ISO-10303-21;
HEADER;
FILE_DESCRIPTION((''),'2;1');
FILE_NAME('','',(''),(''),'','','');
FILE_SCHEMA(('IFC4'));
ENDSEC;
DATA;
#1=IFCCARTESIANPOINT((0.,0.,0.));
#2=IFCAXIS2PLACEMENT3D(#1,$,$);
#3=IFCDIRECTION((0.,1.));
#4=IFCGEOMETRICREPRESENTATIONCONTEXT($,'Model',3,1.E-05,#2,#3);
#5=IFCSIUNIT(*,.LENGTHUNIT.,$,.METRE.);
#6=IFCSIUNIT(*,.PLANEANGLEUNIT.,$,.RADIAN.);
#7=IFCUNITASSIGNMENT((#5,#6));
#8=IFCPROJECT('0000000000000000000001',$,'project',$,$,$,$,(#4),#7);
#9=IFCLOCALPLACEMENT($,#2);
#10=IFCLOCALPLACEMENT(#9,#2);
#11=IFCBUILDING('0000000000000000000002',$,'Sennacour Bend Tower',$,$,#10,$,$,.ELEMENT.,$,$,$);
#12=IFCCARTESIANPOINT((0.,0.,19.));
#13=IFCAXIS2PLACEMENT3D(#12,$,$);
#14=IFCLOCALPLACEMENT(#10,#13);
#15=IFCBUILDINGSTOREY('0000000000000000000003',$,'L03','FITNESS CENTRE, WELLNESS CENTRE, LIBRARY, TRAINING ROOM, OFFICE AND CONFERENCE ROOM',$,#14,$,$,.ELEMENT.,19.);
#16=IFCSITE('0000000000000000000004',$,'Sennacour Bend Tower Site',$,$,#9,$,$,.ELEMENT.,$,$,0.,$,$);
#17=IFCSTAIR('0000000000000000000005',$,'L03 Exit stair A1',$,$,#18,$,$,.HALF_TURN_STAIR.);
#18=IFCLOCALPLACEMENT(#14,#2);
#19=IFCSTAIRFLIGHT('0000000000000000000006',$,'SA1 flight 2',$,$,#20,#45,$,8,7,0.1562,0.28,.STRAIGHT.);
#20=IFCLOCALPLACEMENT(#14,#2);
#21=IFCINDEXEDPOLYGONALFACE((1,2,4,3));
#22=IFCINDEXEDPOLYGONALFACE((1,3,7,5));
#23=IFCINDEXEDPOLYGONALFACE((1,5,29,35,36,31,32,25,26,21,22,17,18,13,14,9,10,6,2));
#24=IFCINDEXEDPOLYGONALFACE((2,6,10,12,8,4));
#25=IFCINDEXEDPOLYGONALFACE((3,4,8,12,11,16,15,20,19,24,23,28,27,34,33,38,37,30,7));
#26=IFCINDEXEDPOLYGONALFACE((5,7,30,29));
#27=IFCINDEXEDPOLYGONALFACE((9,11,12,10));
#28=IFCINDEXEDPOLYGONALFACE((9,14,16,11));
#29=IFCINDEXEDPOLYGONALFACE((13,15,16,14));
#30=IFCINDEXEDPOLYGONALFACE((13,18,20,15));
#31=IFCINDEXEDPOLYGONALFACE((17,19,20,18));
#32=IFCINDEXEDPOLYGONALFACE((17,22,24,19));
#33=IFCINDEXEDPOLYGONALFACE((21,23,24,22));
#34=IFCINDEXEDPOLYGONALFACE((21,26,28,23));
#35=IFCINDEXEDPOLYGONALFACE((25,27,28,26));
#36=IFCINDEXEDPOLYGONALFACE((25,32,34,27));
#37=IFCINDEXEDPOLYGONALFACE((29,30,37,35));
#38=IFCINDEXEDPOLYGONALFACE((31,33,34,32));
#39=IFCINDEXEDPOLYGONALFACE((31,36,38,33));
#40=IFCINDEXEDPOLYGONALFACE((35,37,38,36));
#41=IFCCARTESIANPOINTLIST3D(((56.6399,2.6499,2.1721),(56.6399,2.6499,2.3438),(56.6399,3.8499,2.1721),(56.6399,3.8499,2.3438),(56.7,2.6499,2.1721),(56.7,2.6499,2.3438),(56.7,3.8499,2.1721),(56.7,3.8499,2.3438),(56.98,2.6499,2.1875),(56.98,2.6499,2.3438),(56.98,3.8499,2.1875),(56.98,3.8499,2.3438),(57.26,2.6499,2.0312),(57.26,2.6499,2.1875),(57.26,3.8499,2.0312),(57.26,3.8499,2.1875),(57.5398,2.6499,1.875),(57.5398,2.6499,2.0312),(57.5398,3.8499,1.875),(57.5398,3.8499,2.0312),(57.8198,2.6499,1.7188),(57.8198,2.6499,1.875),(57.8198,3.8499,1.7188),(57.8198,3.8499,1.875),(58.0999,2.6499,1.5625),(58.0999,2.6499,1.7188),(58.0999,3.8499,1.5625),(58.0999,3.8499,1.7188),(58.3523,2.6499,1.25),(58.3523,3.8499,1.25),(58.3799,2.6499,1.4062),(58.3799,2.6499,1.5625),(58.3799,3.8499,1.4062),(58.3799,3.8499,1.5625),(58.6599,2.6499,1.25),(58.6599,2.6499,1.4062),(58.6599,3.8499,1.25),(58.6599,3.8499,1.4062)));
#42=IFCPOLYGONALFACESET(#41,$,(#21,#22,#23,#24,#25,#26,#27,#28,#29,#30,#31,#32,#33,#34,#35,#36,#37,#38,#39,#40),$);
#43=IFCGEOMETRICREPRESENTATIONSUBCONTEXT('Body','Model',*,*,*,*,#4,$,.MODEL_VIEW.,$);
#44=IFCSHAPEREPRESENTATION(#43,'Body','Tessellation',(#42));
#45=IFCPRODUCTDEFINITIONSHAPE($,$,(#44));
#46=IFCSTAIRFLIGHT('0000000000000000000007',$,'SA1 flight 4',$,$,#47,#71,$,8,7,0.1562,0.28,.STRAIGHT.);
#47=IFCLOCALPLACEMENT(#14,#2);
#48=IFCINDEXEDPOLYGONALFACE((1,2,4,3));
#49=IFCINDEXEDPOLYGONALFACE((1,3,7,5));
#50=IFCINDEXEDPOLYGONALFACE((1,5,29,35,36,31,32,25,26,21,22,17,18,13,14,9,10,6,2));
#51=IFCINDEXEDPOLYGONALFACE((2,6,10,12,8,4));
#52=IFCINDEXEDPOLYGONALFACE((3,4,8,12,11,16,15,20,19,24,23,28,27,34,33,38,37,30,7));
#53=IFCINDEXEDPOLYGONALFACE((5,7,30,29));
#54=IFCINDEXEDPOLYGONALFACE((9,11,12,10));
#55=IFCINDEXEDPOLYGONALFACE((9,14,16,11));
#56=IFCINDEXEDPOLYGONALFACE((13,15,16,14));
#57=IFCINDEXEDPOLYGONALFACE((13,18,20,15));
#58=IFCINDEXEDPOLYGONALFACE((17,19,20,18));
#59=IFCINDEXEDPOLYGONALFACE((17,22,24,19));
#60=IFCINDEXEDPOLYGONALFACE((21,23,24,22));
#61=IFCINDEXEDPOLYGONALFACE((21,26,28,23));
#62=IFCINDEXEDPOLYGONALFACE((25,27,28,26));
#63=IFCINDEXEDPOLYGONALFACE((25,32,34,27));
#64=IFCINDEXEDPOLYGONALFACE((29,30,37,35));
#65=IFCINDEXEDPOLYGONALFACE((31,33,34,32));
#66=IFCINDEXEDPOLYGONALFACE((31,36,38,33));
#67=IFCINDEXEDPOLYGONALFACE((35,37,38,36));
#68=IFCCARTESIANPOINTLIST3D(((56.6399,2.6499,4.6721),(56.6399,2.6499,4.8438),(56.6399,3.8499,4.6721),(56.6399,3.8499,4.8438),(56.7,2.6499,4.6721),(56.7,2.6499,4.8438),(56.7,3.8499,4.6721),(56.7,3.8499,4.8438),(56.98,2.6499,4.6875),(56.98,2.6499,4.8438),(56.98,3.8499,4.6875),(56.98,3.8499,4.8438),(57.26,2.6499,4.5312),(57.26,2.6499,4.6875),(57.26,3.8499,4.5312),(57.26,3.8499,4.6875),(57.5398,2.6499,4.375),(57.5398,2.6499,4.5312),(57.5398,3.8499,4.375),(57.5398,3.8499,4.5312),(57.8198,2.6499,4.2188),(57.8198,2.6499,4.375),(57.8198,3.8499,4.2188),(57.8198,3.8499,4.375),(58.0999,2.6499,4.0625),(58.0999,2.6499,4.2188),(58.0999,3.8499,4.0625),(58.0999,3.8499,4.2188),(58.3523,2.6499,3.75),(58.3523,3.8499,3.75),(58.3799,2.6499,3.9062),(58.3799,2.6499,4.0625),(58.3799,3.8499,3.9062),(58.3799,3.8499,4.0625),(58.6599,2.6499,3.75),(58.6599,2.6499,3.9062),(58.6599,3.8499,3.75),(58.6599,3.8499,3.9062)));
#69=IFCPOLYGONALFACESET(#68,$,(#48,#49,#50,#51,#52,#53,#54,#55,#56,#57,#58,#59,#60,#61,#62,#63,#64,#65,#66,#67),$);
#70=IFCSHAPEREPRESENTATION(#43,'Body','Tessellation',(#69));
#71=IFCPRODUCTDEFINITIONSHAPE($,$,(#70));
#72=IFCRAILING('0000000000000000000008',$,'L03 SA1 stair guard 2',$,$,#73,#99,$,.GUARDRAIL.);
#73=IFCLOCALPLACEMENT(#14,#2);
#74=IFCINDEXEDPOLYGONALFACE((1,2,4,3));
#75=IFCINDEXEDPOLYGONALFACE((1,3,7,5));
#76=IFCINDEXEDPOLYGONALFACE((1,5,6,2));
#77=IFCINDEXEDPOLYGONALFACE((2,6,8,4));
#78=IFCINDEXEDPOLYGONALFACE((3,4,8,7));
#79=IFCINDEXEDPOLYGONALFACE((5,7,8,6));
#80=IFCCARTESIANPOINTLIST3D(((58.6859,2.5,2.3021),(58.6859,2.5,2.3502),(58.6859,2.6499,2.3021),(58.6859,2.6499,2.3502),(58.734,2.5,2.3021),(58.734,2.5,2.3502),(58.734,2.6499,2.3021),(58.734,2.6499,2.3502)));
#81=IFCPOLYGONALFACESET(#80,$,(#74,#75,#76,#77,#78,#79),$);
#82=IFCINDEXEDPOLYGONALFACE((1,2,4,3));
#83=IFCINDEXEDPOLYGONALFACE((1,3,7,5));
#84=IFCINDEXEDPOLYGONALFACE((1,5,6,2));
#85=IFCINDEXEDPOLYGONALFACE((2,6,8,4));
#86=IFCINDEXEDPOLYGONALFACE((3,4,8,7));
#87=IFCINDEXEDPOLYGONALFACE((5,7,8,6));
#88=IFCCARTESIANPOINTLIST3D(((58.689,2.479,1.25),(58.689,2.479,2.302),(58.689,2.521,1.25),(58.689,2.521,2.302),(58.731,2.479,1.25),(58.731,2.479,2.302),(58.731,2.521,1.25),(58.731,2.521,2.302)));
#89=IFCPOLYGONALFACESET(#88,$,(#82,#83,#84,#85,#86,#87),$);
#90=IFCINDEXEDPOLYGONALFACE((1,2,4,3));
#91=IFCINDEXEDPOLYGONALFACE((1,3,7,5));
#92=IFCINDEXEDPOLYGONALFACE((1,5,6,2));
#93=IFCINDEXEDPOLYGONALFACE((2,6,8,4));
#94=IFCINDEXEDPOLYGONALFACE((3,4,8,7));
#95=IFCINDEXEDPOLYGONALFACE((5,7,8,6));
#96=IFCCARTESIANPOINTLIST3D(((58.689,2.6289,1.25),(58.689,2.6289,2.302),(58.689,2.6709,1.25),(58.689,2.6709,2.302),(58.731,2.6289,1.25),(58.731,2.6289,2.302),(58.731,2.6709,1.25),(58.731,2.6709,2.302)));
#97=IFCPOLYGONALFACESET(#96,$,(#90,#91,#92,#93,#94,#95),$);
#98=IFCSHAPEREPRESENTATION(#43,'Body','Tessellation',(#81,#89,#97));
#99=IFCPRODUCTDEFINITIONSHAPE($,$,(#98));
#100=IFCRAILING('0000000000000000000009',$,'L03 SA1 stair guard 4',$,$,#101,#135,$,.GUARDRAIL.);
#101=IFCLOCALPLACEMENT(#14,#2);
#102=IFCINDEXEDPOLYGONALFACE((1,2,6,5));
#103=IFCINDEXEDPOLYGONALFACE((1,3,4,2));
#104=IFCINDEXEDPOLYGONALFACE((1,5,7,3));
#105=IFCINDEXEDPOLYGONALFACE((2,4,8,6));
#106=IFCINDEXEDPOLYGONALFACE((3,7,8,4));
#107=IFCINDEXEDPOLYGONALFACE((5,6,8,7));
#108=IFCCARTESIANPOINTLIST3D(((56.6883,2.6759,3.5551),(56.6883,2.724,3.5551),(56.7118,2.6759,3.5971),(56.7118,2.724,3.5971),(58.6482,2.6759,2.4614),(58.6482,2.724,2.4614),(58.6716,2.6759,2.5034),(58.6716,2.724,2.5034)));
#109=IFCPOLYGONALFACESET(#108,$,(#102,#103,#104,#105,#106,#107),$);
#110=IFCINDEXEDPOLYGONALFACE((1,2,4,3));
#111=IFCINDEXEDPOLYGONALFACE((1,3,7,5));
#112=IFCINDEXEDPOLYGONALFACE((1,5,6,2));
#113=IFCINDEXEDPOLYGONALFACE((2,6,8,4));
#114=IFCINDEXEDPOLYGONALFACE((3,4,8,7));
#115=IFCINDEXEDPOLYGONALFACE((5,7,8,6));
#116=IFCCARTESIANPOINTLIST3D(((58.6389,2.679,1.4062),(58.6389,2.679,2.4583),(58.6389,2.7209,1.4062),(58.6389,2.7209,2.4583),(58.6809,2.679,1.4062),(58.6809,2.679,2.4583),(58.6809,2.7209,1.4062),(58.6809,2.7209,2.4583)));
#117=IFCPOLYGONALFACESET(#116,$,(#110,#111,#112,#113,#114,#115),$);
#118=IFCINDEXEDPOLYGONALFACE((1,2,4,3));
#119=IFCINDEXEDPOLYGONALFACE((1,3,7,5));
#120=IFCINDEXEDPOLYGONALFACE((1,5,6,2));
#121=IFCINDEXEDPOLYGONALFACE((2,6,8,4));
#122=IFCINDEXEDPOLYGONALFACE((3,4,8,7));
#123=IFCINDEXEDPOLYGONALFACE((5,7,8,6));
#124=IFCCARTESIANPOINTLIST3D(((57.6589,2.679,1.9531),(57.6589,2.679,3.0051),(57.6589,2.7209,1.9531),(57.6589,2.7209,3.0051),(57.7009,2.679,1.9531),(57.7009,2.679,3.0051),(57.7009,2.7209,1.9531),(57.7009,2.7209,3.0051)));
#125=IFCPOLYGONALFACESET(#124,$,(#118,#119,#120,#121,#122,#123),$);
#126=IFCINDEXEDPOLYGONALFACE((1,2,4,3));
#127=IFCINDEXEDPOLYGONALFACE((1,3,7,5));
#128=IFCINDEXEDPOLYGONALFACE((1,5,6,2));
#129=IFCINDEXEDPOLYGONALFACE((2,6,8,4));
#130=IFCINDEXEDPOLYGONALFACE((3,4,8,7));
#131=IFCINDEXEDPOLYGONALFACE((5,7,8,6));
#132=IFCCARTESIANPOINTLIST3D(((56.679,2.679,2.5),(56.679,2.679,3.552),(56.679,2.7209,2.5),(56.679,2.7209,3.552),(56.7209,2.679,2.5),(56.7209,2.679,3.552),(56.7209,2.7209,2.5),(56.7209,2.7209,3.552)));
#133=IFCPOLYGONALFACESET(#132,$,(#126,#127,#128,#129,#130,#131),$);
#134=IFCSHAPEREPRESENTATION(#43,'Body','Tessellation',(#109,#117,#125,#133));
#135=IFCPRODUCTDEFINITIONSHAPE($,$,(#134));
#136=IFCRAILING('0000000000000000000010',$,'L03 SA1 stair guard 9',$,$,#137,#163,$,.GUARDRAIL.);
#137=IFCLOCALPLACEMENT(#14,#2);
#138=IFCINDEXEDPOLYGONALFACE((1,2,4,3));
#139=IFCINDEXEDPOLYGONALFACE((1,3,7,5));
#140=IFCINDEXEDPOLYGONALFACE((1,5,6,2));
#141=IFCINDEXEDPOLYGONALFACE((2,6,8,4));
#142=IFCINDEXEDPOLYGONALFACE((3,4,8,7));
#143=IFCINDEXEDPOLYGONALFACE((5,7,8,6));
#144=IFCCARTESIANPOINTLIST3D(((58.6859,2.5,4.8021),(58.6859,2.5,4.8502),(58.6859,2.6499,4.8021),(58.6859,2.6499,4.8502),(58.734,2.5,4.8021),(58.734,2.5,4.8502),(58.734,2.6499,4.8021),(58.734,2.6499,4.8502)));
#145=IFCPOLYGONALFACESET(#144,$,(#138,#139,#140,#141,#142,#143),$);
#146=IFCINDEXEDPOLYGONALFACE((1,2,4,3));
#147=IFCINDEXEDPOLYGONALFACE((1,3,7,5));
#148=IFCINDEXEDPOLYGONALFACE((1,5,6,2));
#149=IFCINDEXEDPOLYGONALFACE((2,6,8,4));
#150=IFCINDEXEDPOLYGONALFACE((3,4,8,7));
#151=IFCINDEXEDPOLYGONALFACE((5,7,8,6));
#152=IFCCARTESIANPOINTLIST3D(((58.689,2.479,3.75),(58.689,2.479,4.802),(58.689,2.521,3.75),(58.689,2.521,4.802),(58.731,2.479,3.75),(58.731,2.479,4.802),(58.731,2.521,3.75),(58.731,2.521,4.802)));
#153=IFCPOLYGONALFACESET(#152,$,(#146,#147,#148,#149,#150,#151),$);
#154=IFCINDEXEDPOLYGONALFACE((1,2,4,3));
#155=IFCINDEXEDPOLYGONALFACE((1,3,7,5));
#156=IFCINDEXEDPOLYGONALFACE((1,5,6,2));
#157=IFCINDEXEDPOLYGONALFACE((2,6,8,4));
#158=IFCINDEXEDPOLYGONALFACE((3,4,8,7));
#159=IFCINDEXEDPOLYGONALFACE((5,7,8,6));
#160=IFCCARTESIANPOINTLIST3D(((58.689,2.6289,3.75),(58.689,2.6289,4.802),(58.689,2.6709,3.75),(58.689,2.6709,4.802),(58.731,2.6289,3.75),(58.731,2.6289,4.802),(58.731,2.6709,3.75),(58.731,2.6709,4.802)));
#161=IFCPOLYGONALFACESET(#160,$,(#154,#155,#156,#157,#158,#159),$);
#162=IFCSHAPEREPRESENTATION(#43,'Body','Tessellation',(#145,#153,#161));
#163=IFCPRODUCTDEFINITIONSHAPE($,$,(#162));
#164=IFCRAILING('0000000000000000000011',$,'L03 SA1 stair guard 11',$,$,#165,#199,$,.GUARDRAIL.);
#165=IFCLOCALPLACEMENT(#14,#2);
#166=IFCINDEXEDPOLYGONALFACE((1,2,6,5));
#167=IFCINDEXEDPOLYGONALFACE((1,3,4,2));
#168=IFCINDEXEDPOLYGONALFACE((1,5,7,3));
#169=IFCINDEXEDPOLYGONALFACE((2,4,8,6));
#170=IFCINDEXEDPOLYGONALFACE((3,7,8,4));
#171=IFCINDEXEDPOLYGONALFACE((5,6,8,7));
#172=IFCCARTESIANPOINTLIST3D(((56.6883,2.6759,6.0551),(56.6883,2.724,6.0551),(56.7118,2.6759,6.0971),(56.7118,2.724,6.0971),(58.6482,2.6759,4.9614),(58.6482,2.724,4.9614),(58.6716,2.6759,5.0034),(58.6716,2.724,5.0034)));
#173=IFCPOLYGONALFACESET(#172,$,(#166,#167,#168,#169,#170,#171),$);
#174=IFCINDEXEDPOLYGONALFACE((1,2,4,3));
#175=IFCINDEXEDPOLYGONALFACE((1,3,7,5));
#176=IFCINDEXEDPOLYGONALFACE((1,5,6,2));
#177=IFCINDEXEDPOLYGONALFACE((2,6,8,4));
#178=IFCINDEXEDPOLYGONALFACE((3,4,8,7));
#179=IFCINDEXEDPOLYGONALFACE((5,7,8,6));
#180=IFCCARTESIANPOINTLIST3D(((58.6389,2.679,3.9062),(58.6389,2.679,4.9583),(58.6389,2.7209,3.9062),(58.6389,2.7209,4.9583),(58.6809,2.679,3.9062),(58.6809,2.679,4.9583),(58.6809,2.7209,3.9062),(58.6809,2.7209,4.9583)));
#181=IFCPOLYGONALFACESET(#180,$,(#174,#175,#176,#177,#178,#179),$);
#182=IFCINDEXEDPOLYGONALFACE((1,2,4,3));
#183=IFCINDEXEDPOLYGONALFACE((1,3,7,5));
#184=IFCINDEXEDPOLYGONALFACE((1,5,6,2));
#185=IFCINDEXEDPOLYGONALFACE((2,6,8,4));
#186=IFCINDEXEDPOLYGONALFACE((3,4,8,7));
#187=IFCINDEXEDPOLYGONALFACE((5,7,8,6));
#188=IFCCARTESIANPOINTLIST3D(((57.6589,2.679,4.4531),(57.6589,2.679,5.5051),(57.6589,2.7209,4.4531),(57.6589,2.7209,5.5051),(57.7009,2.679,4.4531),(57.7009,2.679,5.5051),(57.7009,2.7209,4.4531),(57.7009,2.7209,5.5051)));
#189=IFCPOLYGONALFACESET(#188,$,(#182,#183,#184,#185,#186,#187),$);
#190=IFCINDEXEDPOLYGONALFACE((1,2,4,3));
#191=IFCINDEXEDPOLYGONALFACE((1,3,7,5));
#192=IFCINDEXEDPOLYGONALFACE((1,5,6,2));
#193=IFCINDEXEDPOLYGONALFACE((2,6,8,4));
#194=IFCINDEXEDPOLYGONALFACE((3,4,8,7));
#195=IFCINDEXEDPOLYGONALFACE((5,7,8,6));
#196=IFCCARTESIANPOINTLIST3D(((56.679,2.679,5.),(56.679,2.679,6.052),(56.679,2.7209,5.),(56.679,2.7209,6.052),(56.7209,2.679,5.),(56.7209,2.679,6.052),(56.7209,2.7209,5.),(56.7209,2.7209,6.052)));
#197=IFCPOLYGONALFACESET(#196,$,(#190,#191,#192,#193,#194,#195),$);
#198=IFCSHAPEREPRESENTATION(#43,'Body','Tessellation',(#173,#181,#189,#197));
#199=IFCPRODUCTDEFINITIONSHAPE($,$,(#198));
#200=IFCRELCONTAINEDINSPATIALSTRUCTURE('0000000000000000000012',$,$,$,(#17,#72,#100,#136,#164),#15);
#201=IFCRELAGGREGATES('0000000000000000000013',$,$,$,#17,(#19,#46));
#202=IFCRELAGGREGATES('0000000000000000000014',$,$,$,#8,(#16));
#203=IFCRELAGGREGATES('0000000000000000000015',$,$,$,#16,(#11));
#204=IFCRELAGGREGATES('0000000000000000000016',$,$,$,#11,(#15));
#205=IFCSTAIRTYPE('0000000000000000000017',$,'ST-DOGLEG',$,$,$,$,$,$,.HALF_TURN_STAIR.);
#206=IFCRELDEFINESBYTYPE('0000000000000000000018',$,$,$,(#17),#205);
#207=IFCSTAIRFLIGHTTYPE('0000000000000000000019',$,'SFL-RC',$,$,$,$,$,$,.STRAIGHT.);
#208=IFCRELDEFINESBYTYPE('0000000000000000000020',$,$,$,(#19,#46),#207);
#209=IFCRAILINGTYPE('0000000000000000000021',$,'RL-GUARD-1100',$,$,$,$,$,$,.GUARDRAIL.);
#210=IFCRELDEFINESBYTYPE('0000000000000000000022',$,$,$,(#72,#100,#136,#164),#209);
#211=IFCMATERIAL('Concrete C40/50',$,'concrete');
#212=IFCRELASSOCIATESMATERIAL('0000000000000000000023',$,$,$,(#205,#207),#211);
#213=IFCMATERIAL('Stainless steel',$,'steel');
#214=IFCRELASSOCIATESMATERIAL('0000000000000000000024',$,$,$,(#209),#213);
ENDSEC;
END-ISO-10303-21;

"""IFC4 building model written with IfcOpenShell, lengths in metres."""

from ifc_helpers import new_model, si_unit, direction, frame, origin, origin_2d, place, context, subcontext, project, spatial, polyline, rectangle, outline, extrude, material, type_object, element, aggregate, save


model = new_model("IFC4")

# Units and contexts
model_context = context("Model", 3, precision=1e-05, world=origin(), true_north=direction((0.0, 1.0)))
body_context = subcontext(model_context, "Body", "Model", "MODEL_VIEW")
ifc_project = project(units=[si_unit("LENGTHUNIT", "METRE"), si_unit("PLANEANGLEUNIT", "RADIAN")], contexts=[model_context])

# Site, building, storey
site_placement = place(None, origin())
site = spatial("IfcSite", under=ifc_project, at=site_placement, Name="Sennacour Bend Tower Site", CompositionType="ELEMENT", RefElevation=0.0)
building_placement = place(site_placement, origin())
building = spatial("IfcBuilding", under=site, at=building_placement, Name="Sennacour Bend Tower", CompositionType="ELEMENT")
storey_placement = place(building_placement, frame((0.0, 0.0, 19.0)))
storey = spatial("IfcBuildingStorey", under=building, at=storey_placement, Name="L03", Description="FITNESS CENTRE, WELLNESS CENTRE, LIBRARY, TRAINING ROOM, OFFICE AND CONFERENCE ROOM", CompositionType="ELEMENT", Elevation=19.0)

# Stair, stair flights
ifc_material_1 = material(Name="Concrete C40/50", Category="concrete")
stair_type = type_object("IfcStairType", Name="ST-DOGLEG", PredefinedType="HALF_TURN_STAIR", material=ifc_material_1)
stair_placement = place(storey_placement, origin())
stair = element("IfcStair", 1, at=stair_placement, inside=storey, type_object=stair_type, Name="L03 Exit stair A1", PredefinedType="HALF_TURN_STAIR")
stair_flight_type = type_object("IfcStairFlightType", Name="SFL-RC", PredefinedType="STRAIGHT", material=ifc_material_1)
stair_flight_1_placement = place(storey_placement, frame((58.6599, 3.25, 1.25), z_axis=(0.0, 0.0, 1.0), x_axis=(-1.0, 0.0, 0.0)))
stair_flight_1 = element("IfcStairFlight", 2, at=stair_flight_1_placement, type_object=stair_flight_type, Name="SA1 flight 2", NumberOfRisers=8, NumberOfTreads=7, PredefinedType="STRAIGHT", RiserHeight=0.1562, TreadLength=0.28, context=body_context, shape_type="SweptSolid", body=[
    extrude(outline(polyline([(0.0, 0.0), (0.0, 0.1562), (0.28, 0.1562), (0.28, 0.3125), (0.5601, 0.3125), (0.5601, 0.4688), (0.8401, 0.4688), (0.8401, 0.625), (1.1201, 0.625), (1.1201, 0.7812), (1.3999, 0.7812), (1.3999, 0.9375), (1.6799, 0.9375), (1.6799, 1.0938), (1.96, 1.0938), (2.02, 1.0938), (2.02, 0.9221), (1.96, 0.9221), (0.3076, 0.0), (0.0, 0.0)])), frame((0.0, 0.6001, 0.0), z_axis=(0.0, -1.0, 0.0), x_axis=(1.0, 0.0, 0.0)), (0.0, 0.0, 1.0), 1.2),
])
stair_flight_2_placement = place(storey_placement, frame((58.6599, 3.25, 3.75), z_axis=(0.0, 0.0, 1.0), x_axis=(-1.0, 0.0, 0.0)))
stair_flight_2 = element("IfcStairFlight", 3, at=stair_flight_2_placement, type_object=stair_flight_type, Name="SA1 flight 4", NumberOfRisers=8, NumberOfTreads=7, PredefinedType="STRAIGHT", RiserHeight=0.1562, TreadLength=0.28, context=body_context, shape_type="SweptSolid", body=[
    extrude(outline(polyline([(0.0, 0.0), (0.0, 0.1562), (0.28, 0.1562), (0.28, 0.3125), (0.5601, 0.3125), (0.5601, 0.4688), (0.8401, 0.4688), (0.8401, 0.625), (1.1201, 0.625), (1.1201, 0.7812), (1.3999, 0.7812), (1.3999, 0.9375), (1.6799, 0.9375), (1.6799, 1.0938), (1.96, 1.0938), (2.02, 1.0938), (2.02, 0.9221), (1.96, 0.9221), (0.3076, 0.0), (0.0, 0.0)])), frame((0.0, 0.6001, 0.0), z_axis=(0.0, -1.0, 0.0), x_axis=(1.0, 0.0, 0.0)), (0.0, 0.0, 1.0), 1.2),
])
aggregate(stair, [stair_flight_1, stair_flight_2])

# Railings
ifc_material_2 = material(Name="Stainless steel", Category="steel")
railing_type_1 = type_object("IfcRailingType", Name="RL-GUARD-1100", PredefinedType="GUARDRAIL", material=ifc_material_2)
railing_1_placement = place(storey_placement, frame((58.71, 2.5, 1.25)))
element("IfcRailing", 4, at=railing_1_placement, inside=storey, type_object=railing_type_1, Name="L03 SA1 stair guard 2", PredefinedType="GUARDRAIL", context=body_context, shape_type="SweptSolid", body=[
    extrude(rectangle(XDim=0.0481, YDim=0.0481, at=origin_2d()), frame((0.0, 0.0, 1.0762), z_axis=(0.0, 1.0, 0.0), x_axis=(-1.0, 0.0, 0.0)), (0.0, 0.0, 1.0), 0.1499),
    extrude(rectangle(XDim=0.042, YDim=0.042, at=origin_2d()), origin(), (0.0, 0.0, 1.0), 1.052),
    extrude(rectangle(XDim=0.042, YDim=0.042, at=origin_2d()), frame((0.0, 0.1499, 0.0)), (0.0, 0.0, 1.0), 1.052),
])
railing_2_placement = place(storey_placement, frame((58.6599, 2.7, 1.4062)))
element("IfcRailing", 5, at=railing_2_placement, inside=storey, type_object=railing_type_1, Name="L03 SA1 stair guard 4", PredefinedType="GUARDRAIL", context=body_context, shape_type="SweptSolid", body=[
    extrude(rectangle(XDim=0.0481, YDim=0.0481, at=origin_2d()), frame((0.0, 0.0, 1.0762), z_axis=(-0.873232, 0.0, 0.487304), x_axis=(0.0, -1.0, 0.0)), (0.0, 0.0, 1.0), 2.2444),
    extrude(rectangle(XDim=0.042, YDim=0.042, at=origin_2d()), origin(), (0.0, 0.0, 1.0), 1.052),
    extrude(rectangle(XDim=0.042, YDim=0.042, at=origin_2d()), frame((-0.98, 0.0, 0.5469)), (0.0, 0.0, 1.0), 1.052),
    extrude(rectangle(XDim=0.042, YDim=0.042, at=origin_2d()), frame((-1.96, 0.0, 1.0938)), (0.0, 0.0, 1.0), 1.052),
])
railing_3_placement = place(storey_placement, frame((58.71, 2.5, 3.75)))
element("IfcRailing", 6, at=railing_3_placement, inside=storey, type_object=railing_type_1, Name="L03 SA1 stair guard 9", PredefinedType="GUARDRAIL", context=body_context, shape_type="SweptSolid", body=[
    extrude(rectangle(XDim=0.0481, YDim=0.0481, at=origin_2d()), frame((0.0, 0.0, 1.0762), z_axis=(0.0, 1.0, 0.0), x_axis=(-1.0, 0.0, 0.0)), (0.0, 0.0, 1.0), 0.1499),
    extrude(rectangle(XDim=0.042, YDim=0.042, at=origin_2d()), origin(), (0.0, 0.0, 1.0), 1.052),
    extrude(rectangle(XDim=0.042, YDim=0.042, at=origin_2d()), frame((0.0, 0.1499, 0.0)), (0.0, 0.0, 1.0), 1.052),
])
railing_4_placement = place(storey_placement, frame((58.6599, 2.7, 3.9062)))
element("IfcRailing", 7, at=railing_4_placement, inside=storey, type_object=railing_type_1, Name="L03 SA1 stair guard 11", PredefinedType="GUARDRAIL", context=body_context, shape_type="SweptSolid", body=[
    extrude(rectangle(XDim=0.0481, YDim=0.0481, at=origin_2d()), frame((0.0, 0.0, 1.0762), z_axis=(-0.873232, 0.0, 0.487304), x_axis=(0.0, -1.0, 0.0)), (0.0, 0.0, 1.0), 2.2444),
    extrude(rectangle(XDim=0.042, YDim=0.042, at=origin_2d()), origin(), (0.0, 0.0, 1.0), 1.052),
    extrude(rectangle(XDim=0.042, YDim=0.042, at=origin_2d()), frame((-0.98, 0.0, 0.5469)), (0.0, 0.0, 1.0), 1.052),
    extrude(rectangle(XDim=0.042, YDim=0.042, at=origin_2d()), frame((-1.96, 0.0, 1.0938)), (0.0, 0.0, 1.0), 1.052),
])

save(model, "model.ifc")
